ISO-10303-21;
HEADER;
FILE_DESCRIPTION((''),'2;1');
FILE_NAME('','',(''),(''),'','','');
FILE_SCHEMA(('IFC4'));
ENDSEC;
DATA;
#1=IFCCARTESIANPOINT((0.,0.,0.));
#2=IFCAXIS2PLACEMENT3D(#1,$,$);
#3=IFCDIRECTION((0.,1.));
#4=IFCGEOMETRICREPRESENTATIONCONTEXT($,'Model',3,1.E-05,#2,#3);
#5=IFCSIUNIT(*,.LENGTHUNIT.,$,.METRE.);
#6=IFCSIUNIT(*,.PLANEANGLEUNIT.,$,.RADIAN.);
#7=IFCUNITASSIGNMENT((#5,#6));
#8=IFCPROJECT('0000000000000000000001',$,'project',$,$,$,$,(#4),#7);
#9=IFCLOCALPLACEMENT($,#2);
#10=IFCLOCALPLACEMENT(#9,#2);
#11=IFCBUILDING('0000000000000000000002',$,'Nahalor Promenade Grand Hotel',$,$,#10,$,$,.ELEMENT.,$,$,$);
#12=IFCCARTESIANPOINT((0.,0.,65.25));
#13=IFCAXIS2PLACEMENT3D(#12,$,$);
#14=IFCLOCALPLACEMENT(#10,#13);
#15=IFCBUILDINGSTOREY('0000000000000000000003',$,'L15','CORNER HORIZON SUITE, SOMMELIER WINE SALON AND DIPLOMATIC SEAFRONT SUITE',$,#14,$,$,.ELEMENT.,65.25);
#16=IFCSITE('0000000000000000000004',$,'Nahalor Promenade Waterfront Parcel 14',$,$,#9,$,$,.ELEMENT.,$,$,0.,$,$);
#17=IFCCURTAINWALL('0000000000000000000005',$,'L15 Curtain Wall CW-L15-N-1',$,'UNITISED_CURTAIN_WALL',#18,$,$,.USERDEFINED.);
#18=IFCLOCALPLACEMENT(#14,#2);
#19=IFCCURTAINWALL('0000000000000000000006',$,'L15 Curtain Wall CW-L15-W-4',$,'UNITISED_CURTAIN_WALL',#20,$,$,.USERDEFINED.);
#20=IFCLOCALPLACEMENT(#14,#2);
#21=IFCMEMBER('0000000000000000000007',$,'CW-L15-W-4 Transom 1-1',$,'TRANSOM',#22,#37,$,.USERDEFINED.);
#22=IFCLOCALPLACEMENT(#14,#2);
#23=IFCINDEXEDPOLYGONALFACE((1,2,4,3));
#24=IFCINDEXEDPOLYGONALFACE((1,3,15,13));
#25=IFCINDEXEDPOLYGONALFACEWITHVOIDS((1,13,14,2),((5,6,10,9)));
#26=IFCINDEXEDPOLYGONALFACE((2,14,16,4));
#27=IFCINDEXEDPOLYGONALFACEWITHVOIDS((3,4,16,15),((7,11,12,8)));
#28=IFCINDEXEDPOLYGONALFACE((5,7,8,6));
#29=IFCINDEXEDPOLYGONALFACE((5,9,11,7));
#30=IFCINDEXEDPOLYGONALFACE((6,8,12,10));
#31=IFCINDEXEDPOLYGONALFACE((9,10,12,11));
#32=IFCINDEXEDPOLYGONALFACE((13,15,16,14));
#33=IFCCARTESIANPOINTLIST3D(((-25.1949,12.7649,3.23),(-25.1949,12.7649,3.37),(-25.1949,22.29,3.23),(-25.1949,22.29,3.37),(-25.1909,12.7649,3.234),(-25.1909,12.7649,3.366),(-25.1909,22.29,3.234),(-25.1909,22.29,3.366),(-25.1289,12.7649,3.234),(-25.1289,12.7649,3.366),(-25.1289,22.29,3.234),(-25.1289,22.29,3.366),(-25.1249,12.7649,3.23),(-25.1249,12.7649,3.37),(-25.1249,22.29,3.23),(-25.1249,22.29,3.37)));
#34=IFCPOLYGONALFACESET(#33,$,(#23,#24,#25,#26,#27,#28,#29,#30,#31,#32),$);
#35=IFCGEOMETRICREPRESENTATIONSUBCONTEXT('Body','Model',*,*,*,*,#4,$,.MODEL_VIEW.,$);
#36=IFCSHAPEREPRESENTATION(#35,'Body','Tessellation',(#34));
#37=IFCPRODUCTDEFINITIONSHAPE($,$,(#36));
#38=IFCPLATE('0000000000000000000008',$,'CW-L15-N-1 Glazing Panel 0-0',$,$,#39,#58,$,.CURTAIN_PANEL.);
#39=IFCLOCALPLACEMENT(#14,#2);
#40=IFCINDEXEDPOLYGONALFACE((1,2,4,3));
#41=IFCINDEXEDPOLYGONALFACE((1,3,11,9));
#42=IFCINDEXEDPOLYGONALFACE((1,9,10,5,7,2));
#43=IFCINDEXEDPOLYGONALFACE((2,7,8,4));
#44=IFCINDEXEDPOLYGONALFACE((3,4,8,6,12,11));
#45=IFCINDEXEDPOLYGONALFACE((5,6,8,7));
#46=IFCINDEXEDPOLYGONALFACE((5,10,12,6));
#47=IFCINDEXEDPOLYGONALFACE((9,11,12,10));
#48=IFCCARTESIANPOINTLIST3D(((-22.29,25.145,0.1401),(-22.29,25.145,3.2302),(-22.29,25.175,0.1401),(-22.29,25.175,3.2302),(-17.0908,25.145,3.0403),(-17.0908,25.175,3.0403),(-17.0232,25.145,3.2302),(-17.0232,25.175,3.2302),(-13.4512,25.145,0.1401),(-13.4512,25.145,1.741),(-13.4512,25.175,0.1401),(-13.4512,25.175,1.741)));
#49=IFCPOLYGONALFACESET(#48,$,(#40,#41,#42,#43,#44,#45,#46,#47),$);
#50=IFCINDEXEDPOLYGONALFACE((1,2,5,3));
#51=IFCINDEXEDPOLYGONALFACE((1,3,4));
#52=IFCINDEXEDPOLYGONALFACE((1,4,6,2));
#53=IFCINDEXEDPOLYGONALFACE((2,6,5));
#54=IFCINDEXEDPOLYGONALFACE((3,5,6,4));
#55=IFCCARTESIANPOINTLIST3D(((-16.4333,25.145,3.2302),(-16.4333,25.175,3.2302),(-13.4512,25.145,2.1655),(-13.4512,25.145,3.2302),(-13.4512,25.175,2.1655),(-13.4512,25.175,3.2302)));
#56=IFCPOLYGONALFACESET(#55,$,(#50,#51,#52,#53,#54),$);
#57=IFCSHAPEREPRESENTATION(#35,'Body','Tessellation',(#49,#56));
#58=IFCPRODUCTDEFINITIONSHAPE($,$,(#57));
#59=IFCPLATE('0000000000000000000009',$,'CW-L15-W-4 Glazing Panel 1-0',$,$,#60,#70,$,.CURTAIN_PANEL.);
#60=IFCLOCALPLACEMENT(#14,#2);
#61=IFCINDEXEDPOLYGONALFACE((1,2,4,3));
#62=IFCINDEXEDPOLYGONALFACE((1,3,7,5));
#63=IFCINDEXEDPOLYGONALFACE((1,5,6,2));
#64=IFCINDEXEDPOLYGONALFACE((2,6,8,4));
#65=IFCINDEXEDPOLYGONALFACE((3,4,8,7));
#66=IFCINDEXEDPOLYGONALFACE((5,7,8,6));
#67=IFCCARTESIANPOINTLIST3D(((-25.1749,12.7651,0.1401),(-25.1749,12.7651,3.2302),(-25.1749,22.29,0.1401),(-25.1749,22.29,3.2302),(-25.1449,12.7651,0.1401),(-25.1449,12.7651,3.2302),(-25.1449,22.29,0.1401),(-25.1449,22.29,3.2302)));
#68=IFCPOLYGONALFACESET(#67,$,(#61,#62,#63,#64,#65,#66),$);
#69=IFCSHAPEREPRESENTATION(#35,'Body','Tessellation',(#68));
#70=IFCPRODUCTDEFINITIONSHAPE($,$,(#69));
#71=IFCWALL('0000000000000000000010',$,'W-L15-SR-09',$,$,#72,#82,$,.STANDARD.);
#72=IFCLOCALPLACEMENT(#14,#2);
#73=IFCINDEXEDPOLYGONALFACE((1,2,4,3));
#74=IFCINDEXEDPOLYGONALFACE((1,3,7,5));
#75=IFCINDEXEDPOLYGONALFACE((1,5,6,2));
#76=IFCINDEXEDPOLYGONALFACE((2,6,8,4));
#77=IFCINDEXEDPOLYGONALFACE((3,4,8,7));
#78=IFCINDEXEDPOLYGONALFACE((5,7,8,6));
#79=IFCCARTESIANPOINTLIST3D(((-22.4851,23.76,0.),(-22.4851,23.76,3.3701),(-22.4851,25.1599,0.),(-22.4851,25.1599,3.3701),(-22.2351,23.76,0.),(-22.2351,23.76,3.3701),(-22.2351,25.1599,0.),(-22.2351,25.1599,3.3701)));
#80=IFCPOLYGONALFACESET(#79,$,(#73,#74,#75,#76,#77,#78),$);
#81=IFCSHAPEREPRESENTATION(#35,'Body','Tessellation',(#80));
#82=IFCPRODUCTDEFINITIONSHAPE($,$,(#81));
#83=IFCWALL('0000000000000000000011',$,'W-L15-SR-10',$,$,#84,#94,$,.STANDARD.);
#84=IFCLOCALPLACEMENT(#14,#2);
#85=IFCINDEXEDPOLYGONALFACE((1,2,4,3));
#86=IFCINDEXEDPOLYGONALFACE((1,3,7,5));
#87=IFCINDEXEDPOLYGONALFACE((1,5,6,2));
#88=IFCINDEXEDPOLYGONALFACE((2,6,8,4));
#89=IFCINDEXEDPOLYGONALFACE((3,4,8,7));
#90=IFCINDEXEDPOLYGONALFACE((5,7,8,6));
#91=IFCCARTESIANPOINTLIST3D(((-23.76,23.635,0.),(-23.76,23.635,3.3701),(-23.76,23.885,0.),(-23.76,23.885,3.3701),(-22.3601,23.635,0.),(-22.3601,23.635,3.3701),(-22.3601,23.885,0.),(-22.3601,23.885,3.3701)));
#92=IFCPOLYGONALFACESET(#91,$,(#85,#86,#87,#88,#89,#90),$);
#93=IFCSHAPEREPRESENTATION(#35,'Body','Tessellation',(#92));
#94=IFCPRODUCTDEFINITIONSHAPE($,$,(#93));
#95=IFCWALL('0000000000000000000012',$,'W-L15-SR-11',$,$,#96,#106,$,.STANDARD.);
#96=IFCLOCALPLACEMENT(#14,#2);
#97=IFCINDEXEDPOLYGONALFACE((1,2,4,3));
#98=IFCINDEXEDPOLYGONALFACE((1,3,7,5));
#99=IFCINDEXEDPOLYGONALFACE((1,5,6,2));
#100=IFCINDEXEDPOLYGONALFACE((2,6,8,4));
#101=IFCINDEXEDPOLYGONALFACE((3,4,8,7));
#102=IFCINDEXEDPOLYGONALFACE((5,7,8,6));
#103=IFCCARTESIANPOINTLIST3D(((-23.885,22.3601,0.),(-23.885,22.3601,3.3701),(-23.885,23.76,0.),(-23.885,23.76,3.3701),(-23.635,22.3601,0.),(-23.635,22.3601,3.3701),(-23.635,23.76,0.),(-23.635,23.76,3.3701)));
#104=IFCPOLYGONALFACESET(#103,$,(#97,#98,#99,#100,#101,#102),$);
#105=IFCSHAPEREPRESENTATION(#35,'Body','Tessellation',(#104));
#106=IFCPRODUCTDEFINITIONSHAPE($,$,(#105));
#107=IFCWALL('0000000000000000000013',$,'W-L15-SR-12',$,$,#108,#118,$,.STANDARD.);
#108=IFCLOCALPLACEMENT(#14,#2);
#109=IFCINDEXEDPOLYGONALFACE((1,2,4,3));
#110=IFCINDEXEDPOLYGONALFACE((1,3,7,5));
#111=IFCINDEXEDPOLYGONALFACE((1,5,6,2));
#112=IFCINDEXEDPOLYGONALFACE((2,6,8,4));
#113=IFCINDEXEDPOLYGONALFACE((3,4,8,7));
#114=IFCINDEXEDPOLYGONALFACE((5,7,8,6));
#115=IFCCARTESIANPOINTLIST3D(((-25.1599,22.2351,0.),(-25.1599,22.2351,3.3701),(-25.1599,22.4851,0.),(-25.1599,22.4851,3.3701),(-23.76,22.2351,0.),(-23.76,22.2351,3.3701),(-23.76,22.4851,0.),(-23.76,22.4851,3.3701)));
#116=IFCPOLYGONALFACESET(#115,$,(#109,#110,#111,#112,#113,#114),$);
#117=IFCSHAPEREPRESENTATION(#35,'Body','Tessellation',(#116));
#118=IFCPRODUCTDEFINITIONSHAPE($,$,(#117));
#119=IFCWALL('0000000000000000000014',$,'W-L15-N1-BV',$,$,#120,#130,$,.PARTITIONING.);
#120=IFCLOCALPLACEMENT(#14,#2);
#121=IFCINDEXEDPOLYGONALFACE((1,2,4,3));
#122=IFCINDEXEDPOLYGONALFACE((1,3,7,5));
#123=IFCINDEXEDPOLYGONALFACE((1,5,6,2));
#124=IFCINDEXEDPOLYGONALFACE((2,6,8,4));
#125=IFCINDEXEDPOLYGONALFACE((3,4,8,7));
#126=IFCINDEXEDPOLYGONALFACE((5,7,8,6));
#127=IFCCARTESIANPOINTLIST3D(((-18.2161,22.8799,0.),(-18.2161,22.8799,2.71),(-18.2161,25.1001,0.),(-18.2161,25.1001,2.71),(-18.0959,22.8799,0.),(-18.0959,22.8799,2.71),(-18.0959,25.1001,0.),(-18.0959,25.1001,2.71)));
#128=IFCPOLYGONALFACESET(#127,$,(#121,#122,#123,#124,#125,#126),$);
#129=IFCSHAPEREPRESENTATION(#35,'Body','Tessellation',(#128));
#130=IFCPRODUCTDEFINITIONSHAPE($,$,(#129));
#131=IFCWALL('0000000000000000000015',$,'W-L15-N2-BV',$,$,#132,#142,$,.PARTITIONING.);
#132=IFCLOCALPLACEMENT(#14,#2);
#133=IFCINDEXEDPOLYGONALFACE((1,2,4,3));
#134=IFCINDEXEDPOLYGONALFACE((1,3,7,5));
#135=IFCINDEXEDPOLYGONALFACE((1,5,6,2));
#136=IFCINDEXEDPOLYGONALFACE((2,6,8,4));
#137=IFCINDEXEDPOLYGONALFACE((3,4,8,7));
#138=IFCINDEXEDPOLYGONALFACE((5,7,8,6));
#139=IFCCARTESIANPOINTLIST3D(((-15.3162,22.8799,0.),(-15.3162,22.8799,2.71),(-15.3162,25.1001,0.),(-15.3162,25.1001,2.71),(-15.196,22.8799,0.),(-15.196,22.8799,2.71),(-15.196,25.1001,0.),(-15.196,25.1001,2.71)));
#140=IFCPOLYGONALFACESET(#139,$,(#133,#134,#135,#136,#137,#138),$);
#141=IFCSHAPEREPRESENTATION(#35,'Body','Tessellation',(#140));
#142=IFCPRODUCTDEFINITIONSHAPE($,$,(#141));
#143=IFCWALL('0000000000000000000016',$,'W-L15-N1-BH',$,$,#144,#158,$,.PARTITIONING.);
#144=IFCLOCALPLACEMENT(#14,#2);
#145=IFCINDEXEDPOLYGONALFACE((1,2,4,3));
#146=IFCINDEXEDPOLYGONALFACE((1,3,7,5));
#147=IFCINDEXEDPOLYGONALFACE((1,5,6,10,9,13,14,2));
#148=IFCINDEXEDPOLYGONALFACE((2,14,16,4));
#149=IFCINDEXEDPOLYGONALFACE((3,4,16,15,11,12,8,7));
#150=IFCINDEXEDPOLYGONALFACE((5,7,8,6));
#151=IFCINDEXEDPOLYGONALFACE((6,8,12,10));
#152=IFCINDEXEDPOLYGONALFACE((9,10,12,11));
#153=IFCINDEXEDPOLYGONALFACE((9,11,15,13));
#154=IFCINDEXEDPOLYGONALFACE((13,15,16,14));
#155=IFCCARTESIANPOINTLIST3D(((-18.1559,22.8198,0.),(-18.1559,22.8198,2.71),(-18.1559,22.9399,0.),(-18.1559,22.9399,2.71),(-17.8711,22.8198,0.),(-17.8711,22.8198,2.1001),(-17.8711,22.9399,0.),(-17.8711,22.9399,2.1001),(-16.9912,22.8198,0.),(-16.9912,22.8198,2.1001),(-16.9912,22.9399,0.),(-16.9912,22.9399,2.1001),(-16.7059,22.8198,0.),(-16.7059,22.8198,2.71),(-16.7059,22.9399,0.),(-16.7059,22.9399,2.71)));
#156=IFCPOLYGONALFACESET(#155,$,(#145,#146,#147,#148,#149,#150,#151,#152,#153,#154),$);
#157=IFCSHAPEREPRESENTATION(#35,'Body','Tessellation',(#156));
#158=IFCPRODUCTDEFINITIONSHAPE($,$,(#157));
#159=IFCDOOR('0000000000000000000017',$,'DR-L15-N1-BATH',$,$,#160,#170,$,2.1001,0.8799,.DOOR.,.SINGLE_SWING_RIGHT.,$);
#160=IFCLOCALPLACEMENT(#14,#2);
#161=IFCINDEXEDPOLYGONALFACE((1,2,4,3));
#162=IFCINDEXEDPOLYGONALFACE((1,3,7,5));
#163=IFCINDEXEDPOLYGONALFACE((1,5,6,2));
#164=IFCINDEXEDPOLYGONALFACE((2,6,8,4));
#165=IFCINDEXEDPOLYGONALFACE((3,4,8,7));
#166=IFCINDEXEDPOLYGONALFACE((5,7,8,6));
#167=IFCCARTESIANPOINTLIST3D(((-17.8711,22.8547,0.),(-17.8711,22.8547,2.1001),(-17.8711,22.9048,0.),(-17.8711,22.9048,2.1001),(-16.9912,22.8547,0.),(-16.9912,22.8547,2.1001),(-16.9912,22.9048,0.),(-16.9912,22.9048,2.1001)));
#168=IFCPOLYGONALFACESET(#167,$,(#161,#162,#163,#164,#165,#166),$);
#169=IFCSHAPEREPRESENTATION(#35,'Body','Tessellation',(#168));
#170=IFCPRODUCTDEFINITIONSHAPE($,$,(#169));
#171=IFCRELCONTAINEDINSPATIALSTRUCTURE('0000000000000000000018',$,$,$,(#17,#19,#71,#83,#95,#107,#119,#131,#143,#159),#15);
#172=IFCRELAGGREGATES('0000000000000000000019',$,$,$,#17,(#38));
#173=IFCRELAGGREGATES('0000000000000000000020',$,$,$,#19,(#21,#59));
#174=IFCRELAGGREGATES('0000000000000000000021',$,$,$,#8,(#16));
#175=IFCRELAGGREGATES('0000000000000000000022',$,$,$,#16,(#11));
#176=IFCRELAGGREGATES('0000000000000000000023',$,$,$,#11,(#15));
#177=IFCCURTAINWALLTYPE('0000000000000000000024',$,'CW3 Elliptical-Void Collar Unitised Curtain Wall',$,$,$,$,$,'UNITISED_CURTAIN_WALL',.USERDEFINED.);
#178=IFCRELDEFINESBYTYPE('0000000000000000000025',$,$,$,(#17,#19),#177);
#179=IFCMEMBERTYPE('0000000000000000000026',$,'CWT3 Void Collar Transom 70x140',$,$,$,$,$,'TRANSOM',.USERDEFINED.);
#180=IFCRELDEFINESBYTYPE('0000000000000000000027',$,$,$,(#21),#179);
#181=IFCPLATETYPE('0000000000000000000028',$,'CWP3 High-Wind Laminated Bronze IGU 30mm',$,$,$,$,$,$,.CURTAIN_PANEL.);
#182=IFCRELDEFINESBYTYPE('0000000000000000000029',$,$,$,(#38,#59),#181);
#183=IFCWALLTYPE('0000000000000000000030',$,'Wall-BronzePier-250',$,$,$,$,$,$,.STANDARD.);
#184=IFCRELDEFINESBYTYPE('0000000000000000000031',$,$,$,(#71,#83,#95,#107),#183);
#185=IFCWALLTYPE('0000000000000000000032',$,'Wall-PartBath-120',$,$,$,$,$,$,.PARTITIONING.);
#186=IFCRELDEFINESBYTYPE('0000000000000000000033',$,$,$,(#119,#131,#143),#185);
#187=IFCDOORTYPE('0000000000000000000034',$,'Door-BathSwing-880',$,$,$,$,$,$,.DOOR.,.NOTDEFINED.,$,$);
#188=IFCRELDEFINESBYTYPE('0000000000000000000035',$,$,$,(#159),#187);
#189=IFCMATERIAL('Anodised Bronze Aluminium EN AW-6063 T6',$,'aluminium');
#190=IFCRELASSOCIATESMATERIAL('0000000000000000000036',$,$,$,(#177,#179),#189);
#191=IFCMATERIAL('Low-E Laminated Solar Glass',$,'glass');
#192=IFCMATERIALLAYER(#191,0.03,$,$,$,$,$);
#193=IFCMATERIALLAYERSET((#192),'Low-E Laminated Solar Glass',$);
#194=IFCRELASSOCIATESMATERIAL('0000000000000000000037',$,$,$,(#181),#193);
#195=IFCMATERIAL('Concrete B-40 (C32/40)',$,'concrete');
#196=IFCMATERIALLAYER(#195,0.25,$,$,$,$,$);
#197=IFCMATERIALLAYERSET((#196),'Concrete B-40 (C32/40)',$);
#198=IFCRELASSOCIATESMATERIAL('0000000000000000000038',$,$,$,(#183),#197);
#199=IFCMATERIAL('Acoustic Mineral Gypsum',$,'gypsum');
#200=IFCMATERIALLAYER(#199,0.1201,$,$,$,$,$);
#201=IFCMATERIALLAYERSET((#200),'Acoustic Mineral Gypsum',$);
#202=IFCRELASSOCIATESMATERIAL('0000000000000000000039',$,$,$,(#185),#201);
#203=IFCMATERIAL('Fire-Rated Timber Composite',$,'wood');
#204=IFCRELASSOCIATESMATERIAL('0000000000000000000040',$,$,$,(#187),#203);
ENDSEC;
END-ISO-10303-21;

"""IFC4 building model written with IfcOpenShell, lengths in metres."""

from ifc_helpers import new_model, si_unit, direction, frame, frame_2d, origin, origin_2d, place, context, subcontext, project, spatial, polyline, rectangle, hollow_rectangle, outline, extrude, source, transform, mapped, material, layer, layer_set, material_profile, profile_set, type_object, element, fill, aggregate, save


model = new_model("IFC4")

# Units and contexts
model_context = context("Model", 3, precision=1e-05, world=origin(), true_north=direction((0.0, 1.0)))
body_context = subcontext(model_context, "Body", "Model", "MODEL_VIEW")
ifc_project = project(units=[si_unit("LENGTHUNIT", "METRE"), si_unit("PLANEANGLEUNIT", "RADIAN")], contexts=[model_context])

# Site, building, storey
site_placement = place(None, origin())
site = spatial("IfcSite", under=ifc_project, at=site_placement, Name="Nahalor Promenade Waterfront Parcel 14", CompositionType="ELEMENT", RefElevation=0.0)
building_placement = place(site_placement, origin())
building = spatial("IfcBuilding", under=site, at=building_placement, Name="Nahalor Promenade Grand Hotel", CompositionType="ELEMENT")
storey_placement = place(building_placement, frame((0.0, 0.0, 65.25)))
storey = spatial("IfcBuildingStorey", under=building, at=storey_placement, Name="L15", Description="CORNER HORIZON SUITE, SOMMELIER WINE SALON AND DIPLOMATIC SEAFRONT SUITE", CompositionType="ELEMENT", Elevation=65.25)

# Curtain walls, member
ifc_material_1 = material(Name="Anodised Bronze Aluminium EN AW-6063 T6", Category="aluminium")
curtain_wall_type = type_object("IfcCurtainWallType", Name="CW3 Elliptical-Void Collar Unitised Curtain Wall", ElementType="UNITISED_CURTAIN_WALL", PredefinedType="USERDEFINED", material=ifc_material_1)
curtain_wall_1_placement = place(storey_placement, origin())
curtain_wall_1 = element("IfcCurtainWall", 1, at=curtain_wall_1_placement, inside=storey, type_object=curtain_wall_type, Name="L15 Curtain Wall CW-L15-N-1", ObjectType="UNITISED_CURTAIN_WALL", PredefinedType="USERDEFINED")
ifc_material_profile_1 = material_profile(ifc_material_1, hollow_rectangle(XDim=0.07, YDim=0.14, WallThickness=0.004, at=origin_2d()), Name="CWT 70x140x4")
ifc_profile_set_1 = profile_set([ifc_material_profile_1], Name="Anodised Bronze Aluminium EN AW-6063 T6")
member_type_1 = type_object("IfcMemberType", Name="CWT3 Void Collar Transom 70x140", ElementType="TRANSOM", PredefinedType="USERDEFINED", material=ifc_profile_set_1)
curtain_wall_2_placement = place(storey_placement, origin())
curtain_wall_2 = element("IfcCurtainWall", 2, at=curtain_wall_2_placement, inside=storey, type_object=curtain_wall_type, Name="L15 Curtain Wall CW-L15-W-4", ObjectType="UNITISED_CURTAIN_WALL", PredefinedType="USERDEFINED")
shared_shape_1 = source(origin(), body_context, "Body", "SweptSolid", [
    extrude(hollow_rectangle(XDim=0.07, YDim=0.14, WallThickness=0.004, at=origin_2d()), origin(), (0.0, 0.0, 1.0), 9.5251),
])
member_1_placement = place(storey_placement, frame((-25.1599, 12.7649, 3.3), z_axis=(0.0, 1.0, 0.0), x_axis=(-1.0, 0.0, 0.0)))
member_1 = element("IfcMember", 3, at=member_1_placement, type_object=member_type_1, Name="CW-L15-W-4 Transom 1-1", ObjectType="TRANSOM", PredefinedType="USERDEFINED", context=body_context, shape_type="MappedRepresentation", body=[
    mapped(shared_shape_1, transform((0.0, 0.0, 0.0), scale=1.0)),
])

# Plates
ifc_material_2 = material(Name="Low-E Laminated Solar Glass", Category="glass")
ifc_layer_1 = layer(ifc_material_2, 0.03)
ifc_layer_set_1 = layer_set([ifc_layer_1], Name="Low-E Laminated Solar Glass")
plate_type = type_object("IfcPlateType", Name="CWP3 High-Wind Laminated Bronze IGU 30mm", PredefinedType="CURTAIN_PANEL", material=ifc_layer_set_1)
plate_1_placement = place(storey_placement, frame((-17.8706, 25.1599, 0.1401), z_axis=(0.0, 0.0, 1.0), x_axis=(1.0, 0.0, 0.0)))
plate_1 = element("IfcPlate", 4, at=plate_1_placement, type_object=plate_type, Name="CW-L15-N-1 Glazing Panel 0-0", PredefinedType="CURTAIN_PANEL", context=body_context, shape_type="SweptSolid", body=[
    extrude(outline(polyline([(-4.4194, 0.0), (4.4194, 0.0), (4.4194, 1.6008), (0.7798, 2.9001), (0.8474, 3.0901), (-4.4194, 3.0901), (-4.4194, 0.0)])), frame((0.0, 0.0151, 0.0), z_axis=(0.0, -1.0, 0.0), x_axis=(1.0, 0.0, 0.0)), (0.0, 0.0, 1.0), 0.03),
    extrude(outline(polyline([(4.4194, 2.0254), (4.4194, 3.0901), (1.4373, 3.0901), (4.4194, 2.0254)])), frame((0.0, 0.0151, 0.0), z_axis=(0.0, -1.0, 0.0), x_axis=(1.0, 0.0, 0.0)), (0.0, 0.0, 1.0), 0.03),
])
aggregate(curtain_wall_1, [plate_1])
shared_shape_2 = source(origin(), body_context, "Body", "SweptSolid", [
    extrude(rectangle(XDim=9.5249, YDim=0.03, at=origin_2d()), origin(), (0.0, 0.0, 1.0), 3.0901),
])
plate_2_placement = place(storey_placement, frame((-25.1599, 17.5276, 0.1401), z_axis=(0.0, 0.0, 1.0), x_axis=(0.0, 1.0, 0.0)))
plate_2 = element("IfcPlate", 5, at=plate_2_placement, type_object=plate_type, Name="CW-L15-W-4 Glazing Panel 1-0", PredefinedType="CURTAIN_PANEL", context=body_context, shape_type="MappedRepresentation", body=[
    mapped(shared_shape_2, transform((0.0, 0.0, 0.0), scale=1.0)),
])
aggregate(curtain_wall_2, [member_1, plate_2])

# Walls
ifc_material_3 = material(Name="Concrete B-40 (C32/40)", Category="concrete")
ifc_layer_2 = layer(ifc_material_3, 0.25)
ifc_layer_set_2 = layer_set([ifc_layer_2], Name="Concrete B-40 (C32/40)")
wall_type_1 = type_object("IfcWallType", Name="Wall-BronzePier-250", PredefinedType="STANDARD", material=ifc_layer_set_2)
shared_shape_3 = source(origin(), body_context, "Body", "SweptSolid", [
    extrude(rectangle(XDim=1.3999, YDim=0.25, at=frame_2d((0.7, 0.0))), origin(), (0.0, 0.0, 1.0), 3.3701),
])
for number, where, z_axis, x_axis, name in (
    (6, (-22.3601, 23.76, 0.0), (0.0, 0.0, 1.0), (0.0, 1.0, 0.0), "W-L15-SR-09"),
    (7, (-23.76, 23.76, 0.0), (0.0, 0.0, 1.0), (1.0, 0.0, 0.0), "W-L15-SR-10"),
    (8, (-23.76, 22.3601, 0.0), (0.0, 0.0, 1.0), (0.0, 1.0, 0.0), "W-L15-SR-11"),
    (9, (-25.1599, 22.3601, 0.0), (0.0, 0.0, 1.0), (1.0, 0.0, 0.0), "W-L15-SR-12"),
):
    element("IfcWall", number, at=place(storey_placement, frame(where, z_axis=z_axis, x_axis=x_axis)), inside=storey, type_object=wall_type_1, Name=name, PredefinedType="STANDARD", context=body_context, shape_type="MappedRepresentation", body=[
        mapped(shared_shape_3, transform((0.0, 0.0, 0.0), scale=1.0)),
    ])
ifc_material_4 = material(Name="Acoustic Mineral Gypsum", Category="gypsum")
ifc_layer_3 = layer(ifc_material_4, 0.1201)
ifc_layer_set_3 = layer_set([ifc_layer_3], Name="Acoustic Mineral Gypsum")
wall_type_2 = type_object("IfcWallType", Name="Wall-PartBath-120", PredefinedType="PARTITIONING", material=ifc_layer_set_3)
shared_shape_4 = source(origin(), body_context, "Body", "SweptSolid", [
    extrude(rectangle(XDim=2.2202, YDim=0.1201, at=frame_2d((1.1101, 0.0))), origin(), (0.0, 0.0, 1.0), 2.71),
])
for number, where, z_axis, x_axis, name in (
    (10, (-18.156, 22.8799, 0.0), (0.0, 0.0, 1.0), (0.0, 1.0, 0.0), "W-L15-N1-BV"),
    (11, (-15.2561, 22.8799, 0.0), (0.0, 0.0, 1.0), (0.0, 1.0, 0.0), "W-L15-N2-BV"),
):
    element("IfcWall", number, at=place(storey_placement, frame(where, z_axis=z_axis, x_axis=x_axis)), inside=storey, type_object=wall_type_2, Name=name, PredefinedType="PARTITIONING", context=body_context, shape_type="MappedRepresentation", body=[
        mapped(shared_shape_4, transform((0.0, 0.0, 0.0), scale=1.0)),
    ])

# Wall, opening, door
shared_shape_5 = source(origin(), body_context, "Body", "SweptSolid", [
    extrude(rectangle(XDim=1.45, YDim=0.1201, at=frame_2d((0.7251, 0.0))), origin(), (0.0, 0.0, 1.0), 2.71),
])
wall_1_placement = place(storey_placement, frame((-18.156, 22.8799, 0.0), z_axis=(0.0, 0.0, 1.0), x_axis=(1.0, 0.0, 0.0)))
wall_1 = element("IfcWall", 12, at=wall_1_placement, inside=storey, type_object=wall_type_2, Name="W-L15-N1-BH", PredefinedType="PARTITIONING", context=body_context, shape_type="MappedRepresentation", body=[
    mapped(shared_shape_5, transform((0.0, 0.0, 0.0), scale=1.0)),
])
opening_1_placement = place(wall_1_placement, frame((0.2849, 0.0, 0.0)))
opening_1 = element("IfcOpeningElement", 13, at=opening_1_placement, cuts=wall_1, PredefinedType="OPENING", context=body_context, shape_type="SweptSolid", body=[
    extrude(rectangle(XDim=0.8799, YDim=2.1001, at=frame_2d((0.4399, 1.05))), frame((0.0, 0.0701, 0.0), z_axis=(0.0, -1.0, 0.0), x_axis=(1.0, 0.0, 0.0)), (0.0, 0.0, 1.0), 0.1401),
])
ifc_material_5 = material(Name="Fire-Rated Timber Composite", Category="wood")
door_type = type_object("IfcDoorType", Name="Door-BathSwing-880", OperationType="NOTDEFINED", PredefinedType="DOOR", material=ifc_material_5)
shared_shape_6 = source(origin(), body_context, "Body", "SweptSolid", [
    extrude(rectangle(XDim=0.8799, YDim=2.1001, at=frame_2d((0.4399, 1.05))), frame((0.0, 0.0249, 0.0), z_axis=(0.0, -1.0, 0.0), x_axis=(1.0, 0.0, 0.0)), (0.0, 0.0, 1.0), 0.05),
])
door_1_placement = place(opening_1_placement, origin())
door_1 = element("IfcDoor", 14, at=door_1_placement, inside=storey, type_object=door_type, Name="DR-L15-N1-BATH", OperationType="SINGLE_SWING_RIGHT", OverallHeight=2.1001, OverallWidth=0.8799, PredefinedType="DOOR", context=body_context, shape_type="MappedRepresentation", body=[
    mapped(shared_shape_6, transform((0.0, 0.0, 0.0), scale=1.0)),
])
fill(opening_1, door_1)

save(model, "model.ifc")
